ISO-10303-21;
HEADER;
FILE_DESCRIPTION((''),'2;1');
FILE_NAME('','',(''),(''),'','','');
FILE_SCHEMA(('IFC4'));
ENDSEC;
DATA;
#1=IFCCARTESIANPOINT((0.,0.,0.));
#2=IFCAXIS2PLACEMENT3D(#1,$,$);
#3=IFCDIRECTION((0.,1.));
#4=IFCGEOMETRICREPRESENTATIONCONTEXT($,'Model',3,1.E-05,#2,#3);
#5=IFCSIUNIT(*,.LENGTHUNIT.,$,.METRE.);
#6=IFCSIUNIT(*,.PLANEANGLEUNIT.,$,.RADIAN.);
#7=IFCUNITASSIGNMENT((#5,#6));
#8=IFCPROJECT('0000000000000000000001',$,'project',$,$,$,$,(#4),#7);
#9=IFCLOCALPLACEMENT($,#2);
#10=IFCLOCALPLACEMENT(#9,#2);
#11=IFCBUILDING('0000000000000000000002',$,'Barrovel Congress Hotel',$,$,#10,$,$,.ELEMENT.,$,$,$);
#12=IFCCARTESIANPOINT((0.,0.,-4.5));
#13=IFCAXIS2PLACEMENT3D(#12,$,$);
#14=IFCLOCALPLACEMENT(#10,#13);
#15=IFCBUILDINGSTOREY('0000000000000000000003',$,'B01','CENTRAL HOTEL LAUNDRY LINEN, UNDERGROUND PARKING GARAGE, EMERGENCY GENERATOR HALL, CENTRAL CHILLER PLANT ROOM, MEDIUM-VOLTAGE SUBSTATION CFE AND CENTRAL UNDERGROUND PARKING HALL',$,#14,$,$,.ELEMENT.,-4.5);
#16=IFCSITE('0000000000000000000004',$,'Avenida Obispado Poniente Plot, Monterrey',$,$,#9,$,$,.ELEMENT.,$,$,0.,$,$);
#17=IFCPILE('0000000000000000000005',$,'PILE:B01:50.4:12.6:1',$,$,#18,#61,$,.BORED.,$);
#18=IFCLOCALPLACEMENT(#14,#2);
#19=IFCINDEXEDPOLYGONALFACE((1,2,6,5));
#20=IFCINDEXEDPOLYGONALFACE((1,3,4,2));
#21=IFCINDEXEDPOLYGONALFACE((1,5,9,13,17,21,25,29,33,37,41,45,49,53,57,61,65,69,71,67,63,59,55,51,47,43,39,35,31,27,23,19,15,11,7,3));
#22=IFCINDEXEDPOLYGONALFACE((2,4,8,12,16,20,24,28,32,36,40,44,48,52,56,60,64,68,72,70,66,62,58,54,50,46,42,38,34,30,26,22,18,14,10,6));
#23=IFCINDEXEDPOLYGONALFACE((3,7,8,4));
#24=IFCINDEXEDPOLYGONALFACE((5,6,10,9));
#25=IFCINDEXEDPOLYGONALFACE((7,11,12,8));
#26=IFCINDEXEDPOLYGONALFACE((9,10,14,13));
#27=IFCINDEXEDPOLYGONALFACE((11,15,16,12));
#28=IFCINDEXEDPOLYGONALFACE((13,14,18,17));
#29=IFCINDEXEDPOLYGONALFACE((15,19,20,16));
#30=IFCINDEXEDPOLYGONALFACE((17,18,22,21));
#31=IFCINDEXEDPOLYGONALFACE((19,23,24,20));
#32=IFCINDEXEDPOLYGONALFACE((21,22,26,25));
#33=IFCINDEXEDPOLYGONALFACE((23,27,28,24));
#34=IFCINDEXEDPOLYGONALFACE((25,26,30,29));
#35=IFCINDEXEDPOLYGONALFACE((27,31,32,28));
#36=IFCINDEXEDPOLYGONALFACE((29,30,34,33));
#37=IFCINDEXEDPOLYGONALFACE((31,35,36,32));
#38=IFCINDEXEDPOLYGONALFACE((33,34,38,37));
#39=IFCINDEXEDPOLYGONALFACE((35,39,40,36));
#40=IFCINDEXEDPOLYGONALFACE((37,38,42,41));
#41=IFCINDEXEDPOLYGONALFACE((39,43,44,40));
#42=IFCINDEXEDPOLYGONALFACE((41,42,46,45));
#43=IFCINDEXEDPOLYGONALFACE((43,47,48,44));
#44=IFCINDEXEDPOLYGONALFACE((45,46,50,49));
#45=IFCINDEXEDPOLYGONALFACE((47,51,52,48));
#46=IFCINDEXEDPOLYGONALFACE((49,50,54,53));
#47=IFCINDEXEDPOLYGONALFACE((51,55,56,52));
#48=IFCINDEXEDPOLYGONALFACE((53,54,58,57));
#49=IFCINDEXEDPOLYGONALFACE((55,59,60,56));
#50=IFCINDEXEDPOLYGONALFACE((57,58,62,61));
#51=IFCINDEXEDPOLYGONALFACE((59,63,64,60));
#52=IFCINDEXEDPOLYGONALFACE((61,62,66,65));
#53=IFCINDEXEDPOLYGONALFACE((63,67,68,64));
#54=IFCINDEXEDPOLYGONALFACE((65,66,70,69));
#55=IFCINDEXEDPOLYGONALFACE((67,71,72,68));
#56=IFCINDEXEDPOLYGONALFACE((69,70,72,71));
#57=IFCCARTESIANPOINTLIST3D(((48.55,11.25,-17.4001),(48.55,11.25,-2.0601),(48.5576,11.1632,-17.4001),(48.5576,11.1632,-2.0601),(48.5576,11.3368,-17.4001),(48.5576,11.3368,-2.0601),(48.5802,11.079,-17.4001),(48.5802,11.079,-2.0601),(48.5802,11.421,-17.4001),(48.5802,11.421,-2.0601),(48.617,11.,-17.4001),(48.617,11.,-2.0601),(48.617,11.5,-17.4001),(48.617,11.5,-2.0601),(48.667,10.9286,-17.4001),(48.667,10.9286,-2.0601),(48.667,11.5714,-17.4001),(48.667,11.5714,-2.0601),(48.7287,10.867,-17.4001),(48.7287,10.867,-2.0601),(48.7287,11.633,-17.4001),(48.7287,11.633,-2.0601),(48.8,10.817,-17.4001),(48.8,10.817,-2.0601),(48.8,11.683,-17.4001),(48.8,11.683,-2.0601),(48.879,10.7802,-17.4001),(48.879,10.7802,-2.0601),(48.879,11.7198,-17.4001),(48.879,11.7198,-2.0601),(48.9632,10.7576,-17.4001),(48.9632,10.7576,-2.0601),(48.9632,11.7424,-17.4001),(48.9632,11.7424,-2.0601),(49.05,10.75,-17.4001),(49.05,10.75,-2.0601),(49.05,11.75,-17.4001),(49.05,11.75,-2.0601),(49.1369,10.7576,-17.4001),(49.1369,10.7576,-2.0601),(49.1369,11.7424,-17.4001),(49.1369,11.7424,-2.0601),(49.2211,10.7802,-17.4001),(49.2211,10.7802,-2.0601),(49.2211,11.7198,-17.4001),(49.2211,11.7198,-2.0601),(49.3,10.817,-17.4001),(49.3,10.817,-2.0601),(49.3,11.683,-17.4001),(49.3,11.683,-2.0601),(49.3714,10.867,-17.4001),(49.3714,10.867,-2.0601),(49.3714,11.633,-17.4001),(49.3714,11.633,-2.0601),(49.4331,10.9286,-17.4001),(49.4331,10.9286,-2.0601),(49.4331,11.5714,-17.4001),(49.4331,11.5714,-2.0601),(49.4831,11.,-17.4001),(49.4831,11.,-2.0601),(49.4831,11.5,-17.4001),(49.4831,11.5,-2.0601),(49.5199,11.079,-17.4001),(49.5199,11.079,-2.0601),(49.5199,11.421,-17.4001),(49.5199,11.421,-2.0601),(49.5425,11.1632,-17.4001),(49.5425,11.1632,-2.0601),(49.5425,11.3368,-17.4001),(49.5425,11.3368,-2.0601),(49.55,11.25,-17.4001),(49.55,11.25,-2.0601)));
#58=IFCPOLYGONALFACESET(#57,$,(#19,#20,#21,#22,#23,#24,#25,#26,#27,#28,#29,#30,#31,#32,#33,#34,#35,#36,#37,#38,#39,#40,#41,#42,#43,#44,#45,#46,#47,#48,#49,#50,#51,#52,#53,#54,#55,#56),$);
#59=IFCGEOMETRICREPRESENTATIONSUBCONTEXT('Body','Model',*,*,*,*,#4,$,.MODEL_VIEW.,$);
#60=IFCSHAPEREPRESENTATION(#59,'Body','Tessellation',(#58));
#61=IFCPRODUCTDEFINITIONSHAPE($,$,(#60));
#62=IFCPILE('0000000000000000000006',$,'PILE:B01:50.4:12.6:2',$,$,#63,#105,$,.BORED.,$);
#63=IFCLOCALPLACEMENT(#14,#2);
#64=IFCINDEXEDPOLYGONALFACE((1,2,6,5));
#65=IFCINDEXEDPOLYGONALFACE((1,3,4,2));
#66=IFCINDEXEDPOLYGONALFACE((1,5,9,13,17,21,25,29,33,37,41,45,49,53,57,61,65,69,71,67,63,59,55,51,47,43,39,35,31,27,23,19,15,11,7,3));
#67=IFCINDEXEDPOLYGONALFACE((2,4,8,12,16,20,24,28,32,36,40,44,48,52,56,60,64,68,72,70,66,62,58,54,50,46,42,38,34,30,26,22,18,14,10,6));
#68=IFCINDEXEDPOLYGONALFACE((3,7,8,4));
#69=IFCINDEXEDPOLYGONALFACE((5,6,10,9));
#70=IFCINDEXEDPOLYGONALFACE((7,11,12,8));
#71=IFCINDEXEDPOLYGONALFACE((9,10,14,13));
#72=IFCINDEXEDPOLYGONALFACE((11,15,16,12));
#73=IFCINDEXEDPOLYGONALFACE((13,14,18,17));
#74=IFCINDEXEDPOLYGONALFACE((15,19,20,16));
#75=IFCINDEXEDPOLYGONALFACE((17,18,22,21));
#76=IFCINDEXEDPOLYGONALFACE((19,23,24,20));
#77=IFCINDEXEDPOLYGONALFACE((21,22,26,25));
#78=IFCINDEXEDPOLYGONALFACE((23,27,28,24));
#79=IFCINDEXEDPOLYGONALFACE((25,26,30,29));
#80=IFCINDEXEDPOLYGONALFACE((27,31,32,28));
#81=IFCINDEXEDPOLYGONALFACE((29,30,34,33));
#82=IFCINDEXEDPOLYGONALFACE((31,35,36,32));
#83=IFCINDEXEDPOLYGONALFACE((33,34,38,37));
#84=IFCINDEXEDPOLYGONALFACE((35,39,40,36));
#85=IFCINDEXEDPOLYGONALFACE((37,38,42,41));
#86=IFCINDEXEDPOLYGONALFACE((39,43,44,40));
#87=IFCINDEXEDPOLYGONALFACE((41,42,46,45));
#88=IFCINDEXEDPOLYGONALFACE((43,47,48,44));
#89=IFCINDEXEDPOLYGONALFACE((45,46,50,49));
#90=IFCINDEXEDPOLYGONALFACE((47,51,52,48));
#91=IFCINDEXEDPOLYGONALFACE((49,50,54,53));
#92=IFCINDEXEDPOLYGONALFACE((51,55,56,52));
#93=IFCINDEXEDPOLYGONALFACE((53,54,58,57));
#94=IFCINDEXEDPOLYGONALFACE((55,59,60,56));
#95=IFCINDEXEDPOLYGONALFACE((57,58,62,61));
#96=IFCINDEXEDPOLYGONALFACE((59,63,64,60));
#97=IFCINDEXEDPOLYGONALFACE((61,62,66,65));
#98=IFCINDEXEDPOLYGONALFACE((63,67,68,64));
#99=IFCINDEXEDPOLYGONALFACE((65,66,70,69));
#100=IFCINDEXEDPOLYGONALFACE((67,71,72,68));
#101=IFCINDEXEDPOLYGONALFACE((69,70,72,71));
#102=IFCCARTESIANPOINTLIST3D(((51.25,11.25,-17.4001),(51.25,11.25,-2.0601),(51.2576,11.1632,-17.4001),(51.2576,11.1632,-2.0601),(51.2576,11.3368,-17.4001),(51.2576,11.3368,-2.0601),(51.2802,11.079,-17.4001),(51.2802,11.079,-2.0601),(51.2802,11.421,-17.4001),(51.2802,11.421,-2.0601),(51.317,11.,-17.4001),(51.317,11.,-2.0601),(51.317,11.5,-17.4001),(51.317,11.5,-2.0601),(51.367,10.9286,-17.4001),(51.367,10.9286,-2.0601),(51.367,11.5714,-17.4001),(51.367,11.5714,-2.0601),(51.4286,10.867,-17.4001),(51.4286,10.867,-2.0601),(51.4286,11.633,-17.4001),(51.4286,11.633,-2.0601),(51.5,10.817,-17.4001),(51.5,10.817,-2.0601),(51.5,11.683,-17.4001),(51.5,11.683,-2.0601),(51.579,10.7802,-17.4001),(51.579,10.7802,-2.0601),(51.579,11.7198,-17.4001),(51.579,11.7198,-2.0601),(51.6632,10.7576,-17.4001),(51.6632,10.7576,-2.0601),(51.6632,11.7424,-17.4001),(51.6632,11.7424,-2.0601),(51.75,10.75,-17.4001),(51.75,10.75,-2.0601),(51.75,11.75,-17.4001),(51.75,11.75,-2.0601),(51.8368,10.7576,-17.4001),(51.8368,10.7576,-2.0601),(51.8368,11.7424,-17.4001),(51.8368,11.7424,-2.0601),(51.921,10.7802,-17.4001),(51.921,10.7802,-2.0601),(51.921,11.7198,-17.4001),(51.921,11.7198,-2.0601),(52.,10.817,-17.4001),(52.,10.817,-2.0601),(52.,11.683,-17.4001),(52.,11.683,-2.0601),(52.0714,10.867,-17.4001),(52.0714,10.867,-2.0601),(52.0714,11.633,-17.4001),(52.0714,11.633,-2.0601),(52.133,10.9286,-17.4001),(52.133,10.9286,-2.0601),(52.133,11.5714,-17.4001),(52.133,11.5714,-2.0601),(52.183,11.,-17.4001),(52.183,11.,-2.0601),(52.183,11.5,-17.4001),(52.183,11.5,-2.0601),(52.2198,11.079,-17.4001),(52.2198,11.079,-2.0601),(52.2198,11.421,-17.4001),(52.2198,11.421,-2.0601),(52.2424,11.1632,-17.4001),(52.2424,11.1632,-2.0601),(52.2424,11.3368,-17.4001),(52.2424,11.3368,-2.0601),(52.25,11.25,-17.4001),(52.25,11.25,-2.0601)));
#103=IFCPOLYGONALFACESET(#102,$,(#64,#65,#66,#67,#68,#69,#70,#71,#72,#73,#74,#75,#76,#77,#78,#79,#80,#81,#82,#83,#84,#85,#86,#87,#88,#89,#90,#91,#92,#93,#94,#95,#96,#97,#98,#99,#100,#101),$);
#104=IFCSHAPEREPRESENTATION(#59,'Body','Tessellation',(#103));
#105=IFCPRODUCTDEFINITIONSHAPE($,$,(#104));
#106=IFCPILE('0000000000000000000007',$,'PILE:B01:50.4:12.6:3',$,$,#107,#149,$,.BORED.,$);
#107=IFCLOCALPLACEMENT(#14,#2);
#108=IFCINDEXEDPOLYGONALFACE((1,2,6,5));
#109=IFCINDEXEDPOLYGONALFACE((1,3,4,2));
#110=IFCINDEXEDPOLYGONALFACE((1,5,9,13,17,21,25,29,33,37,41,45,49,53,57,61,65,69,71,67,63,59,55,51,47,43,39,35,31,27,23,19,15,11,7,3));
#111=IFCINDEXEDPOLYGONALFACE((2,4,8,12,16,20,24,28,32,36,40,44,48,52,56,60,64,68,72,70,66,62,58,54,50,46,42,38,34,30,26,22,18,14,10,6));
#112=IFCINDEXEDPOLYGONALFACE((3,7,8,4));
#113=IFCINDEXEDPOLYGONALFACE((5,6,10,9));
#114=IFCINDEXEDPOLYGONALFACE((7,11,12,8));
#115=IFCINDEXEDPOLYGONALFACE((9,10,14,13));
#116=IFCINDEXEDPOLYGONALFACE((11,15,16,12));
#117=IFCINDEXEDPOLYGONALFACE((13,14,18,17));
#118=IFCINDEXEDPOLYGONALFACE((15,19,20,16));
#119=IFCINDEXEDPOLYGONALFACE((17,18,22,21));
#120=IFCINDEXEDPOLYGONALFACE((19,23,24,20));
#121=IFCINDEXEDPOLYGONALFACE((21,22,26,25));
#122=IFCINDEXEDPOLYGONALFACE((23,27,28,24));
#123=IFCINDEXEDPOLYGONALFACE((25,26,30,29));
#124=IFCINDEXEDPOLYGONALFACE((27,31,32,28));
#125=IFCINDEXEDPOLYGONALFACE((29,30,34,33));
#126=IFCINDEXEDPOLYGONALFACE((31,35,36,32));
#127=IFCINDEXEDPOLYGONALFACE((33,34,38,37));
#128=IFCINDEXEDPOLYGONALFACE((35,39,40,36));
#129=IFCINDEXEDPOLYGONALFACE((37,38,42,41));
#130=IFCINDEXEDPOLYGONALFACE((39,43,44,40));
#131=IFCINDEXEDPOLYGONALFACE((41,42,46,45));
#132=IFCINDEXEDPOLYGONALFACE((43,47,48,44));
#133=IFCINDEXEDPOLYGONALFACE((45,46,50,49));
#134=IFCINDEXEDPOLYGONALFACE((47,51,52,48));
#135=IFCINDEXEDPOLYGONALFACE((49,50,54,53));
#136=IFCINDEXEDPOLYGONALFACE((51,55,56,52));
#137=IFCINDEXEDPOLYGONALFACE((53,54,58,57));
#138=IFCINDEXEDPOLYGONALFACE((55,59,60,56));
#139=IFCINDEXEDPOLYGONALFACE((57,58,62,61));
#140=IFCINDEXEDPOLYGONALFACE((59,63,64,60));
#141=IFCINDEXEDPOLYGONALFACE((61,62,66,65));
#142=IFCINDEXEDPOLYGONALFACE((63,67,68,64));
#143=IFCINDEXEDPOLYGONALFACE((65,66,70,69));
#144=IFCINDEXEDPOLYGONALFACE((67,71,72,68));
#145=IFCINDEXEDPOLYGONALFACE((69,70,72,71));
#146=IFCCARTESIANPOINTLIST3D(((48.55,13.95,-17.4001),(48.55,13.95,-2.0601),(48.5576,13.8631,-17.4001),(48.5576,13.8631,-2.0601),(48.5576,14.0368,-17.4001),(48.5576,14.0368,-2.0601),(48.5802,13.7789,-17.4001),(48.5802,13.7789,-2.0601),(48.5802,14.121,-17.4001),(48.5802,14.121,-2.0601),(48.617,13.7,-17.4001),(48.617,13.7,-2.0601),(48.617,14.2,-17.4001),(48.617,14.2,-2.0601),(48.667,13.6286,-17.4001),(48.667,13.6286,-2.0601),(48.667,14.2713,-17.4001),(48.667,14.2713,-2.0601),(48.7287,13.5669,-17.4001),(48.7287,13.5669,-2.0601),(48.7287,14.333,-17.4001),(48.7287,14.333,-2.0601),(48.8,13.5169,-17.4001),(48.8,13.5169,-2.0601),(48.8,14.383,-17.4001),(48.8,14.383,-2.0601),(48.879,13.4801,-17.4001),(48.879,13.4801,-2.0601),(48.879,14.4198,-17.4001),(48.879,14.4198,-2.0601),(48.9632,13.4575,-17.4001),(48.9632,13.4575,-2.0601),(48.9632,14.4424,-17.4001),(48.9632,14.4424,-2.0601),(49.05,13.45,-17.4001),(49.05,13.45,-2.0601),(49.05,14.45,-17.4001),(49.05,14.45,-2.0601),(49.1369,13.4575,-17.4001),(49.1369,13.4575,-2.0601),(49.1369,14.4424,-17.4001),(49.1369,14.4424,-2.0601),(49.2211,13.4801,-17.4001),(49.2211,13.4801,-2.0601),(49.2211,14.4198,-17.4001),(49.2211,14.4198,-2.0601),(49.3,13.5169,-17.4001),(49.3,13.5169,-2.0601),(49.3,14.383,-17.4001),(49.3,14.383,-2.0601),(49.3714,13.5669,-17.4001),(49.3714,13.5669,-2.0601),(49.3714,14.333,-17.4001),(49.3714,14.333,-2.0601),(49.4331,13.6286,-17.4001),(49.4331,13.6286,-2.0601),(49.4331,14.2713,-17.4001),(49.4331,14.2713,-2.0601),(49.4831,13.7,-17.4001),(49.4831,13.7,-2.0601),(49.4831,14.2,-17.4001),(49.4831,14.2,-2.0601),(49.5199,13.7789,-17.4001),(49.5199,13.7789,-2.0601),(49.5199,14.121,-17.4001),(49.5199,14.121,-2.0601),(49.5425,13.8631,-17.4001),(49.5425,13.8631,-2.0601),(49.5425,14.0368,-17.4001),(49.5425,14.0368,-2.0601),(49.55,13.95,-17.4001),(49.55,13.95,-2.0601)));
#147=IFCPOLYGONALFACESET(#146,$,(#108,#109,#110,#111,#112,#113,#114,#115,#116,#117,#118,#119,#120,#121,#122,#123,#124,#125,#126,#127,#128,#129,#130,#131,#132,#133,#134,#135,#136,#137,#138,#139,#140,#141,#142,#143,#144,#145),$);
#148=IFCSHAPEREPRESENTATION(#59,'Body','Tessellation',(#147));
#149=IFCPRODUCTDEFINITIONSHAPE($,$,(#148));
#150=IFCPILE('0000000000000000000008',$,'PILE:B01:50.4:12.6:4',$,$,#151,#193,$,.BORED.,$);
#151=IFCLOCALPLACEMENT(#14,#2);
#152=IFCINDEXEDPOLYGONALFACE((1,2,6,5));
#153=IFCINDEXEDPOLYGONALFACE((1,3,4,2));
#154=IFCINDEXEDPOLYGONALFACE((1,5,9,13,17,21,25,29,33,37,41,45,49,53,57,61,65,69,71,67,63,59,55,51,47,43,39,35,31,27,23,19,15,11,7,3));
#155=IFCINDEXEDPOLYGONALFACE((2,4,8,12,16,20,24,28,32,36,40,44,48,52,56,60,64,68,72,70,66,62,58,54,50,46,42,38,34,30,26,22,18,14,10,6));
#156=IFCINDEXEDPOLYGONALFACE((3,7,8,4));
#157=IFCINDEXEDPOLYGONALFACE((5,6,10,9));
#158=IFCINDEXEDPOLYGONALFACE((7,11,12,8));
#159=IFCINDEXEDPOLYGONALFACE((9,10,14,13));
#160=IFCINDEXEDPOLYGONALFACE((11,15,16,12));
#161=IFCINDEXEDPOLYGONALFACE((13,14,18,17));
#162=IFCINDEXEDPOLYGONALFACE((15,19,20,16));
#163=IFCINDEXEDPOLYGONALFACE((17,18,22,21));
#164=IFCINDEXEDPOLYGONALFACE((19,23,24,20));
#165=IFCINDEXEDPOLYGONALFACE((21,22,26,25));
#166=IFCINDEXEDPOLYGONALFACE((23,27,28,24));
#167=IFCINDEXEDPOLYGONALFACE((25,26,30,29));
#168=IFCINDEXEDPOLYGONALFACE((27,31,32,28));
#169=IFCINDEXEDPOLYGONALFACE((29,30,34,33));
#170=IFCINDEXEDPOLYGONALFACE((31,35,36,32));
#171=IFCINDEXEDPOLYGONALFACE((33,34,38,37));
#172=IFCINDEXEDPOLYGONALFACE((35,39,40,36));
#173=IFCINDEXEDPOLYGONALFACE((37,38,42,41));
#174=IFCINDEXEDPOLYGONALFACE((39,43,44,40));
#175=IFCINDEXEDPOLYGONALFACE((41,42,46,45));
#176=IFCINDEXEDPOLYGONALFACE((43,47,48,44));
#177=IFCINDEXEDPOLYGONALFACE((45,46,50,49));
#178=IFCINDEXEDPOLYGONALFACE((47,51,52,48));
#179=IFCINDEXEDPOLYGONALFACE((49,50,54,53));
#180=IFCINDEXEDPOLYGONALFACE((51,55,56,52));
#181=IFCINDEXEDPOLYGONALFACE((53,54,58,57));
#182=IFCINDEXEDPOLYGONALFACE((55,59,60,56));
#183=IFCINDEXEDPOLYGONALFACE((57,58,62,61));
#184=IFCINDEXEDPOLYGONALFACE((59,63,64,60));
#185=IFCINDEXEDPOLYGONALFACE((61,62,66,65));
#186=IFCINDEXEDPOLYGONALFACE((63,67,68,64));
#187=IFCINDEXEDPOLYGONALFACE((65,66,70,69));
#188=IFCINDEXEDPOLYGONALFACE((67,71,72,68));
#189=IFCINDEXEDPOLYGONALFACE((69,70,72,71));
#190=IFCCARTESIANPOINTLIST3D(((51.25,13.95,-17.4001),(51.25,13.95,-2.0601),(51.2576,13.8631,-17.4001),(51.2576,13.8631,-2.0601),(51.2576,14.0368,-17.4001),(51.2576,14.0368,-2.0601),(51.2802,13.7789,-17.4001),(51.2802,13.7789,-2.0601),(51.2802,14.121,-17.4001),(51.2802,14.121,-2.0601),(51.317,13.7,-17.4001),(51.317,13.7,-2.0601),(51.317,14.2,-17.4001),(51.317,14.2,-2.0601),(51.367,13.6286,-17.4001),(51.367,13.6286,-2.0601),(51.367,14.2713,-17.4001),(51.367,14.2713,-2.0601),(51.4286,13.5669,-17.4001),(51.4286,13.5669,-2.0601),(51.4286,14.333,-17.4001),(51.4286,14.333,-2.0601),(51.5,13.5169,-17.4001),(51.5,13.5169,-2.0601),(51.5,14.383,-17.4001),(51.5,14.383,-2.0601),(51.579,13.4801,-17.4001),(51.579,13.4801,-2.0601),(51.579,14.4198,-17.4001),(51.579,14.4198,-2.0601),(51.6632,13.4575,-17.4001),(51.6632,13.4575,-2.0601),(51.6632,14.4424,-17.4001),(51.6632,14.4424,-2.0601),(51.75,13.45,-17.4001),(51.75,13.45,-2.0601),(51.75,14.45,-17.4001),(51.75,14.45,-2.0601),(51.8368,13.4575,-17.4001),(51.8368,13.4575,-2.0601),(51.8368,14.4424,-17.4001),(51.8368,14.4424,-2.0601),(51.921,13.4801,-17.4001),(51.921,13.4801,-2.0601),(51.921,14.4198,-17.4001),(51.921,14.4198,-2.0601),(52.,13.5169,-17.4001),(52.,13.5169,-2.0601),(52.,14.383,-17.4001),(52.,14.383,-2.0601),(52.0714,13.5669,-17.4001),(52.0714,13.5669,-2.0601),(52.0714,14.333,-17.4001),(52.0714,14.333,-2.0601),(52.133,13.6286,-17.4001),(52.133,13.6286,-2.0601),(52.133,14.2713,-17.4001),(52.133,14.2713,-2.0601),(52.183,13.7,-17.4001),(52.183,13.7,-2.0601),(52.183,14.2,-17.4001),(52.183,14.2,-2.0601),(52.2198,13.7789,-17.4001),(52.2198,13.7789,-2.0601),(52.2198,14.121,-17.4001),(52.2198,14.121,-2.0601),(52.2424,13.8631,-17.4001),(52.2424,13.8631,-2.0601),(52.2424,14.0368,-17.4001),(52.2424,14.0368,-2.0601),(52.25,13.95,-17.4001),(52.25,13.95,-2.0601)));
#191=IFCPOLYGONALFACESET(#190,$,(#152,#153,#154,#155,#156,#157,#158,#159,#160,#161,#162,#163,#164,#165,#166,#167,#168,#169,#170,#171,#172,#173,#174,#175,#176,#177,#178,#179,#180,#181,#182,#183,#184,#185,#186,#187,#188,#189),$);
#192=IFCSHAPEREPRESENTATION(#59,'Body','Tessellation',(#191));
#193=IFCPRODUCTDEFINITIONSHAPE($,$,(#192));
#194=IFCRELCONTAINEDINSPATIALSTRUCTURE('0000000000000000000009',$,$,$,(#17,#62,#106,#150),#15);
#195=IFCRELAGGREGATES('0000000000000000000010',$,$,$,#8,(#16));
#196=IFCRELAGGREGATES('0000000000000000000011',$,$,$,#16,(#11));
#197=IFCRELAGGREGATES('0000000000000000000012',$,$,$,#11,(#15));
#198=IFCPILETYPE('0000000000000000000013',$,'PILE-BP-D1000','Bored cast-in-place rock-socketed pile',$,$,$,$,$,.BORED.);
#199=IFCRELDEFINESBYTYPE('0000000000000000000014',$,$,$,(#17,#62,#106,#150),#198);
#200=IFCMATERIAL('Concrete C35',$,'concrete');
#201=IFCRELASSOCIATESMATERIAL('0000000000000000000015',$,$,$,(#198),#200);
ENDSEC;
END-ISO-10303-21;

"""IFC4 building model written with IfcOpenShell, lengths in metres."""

from ifc_helpers import new_model, si_unit, direction, frame, origin, origin_2d, place, context, subcontext, project, spatial, circle, extrude, material, material_profile, profile_set, type_object, element, save


model = new_model("IFC4")

# Units and contexts
model_context = context("Model", 3, precision=1e-05, world=origin(), true_north=direction((0.0, 1.0)))
body_context = subcontext(model_context, "Body", "Model", "MODEL_VIEW")
ifc_project = project(units=[si_unit("LENGTHUNIT", "METRE"), si_unit("PLANEANGLEUNIT", "RADIAN")], contexts=[model_context])

# Site, building, storey
site_placement = place(None, origin())
site = spatial("IfcSite", under=ifc_project, at=site_placement, Name="Avenida Obispado Poniente Plot, Monterrey", CompositionType="ELEMENT", RefElevation=0.0)
building_placement = place(site_placement, origin())
building = spatial("IfcBuilding", under=site, at=building_placement, Name="Barrovel Congress Hotel", CompositionType="ELEMENT")
storey_placement = place(building_placement, frame((0.0, 0.0, -4.5)))
storey = spatial("IfcBuildingStorey", under=building, at=storey_placement, Name="B01", Description="CENTRAL HOTEL LAUNDRY LINEN, UNDERGROUND PARKING GARAGE, EMERGENCY GENERATOR HALL, CENTRAL CHILLER PLANT ROOM, MEDIUM-VOLTAGE SUBSTATION CFE AND CENTRAL UNDERGROUND PARKING HALL", CompositionType="ELEMENT", Elevation=-4.5)

# Piles
ifc_material_1 = material(Name="Concrete C35", Category="concrete")
ifc_material_profile_1 = material_profile(ifc_material_1, circle(Radius=0.5, at=origin_2d()), Name="BP-D1000")
ifc_profile_set_1 = profile_set([ifc_material_profile_1], Name="Concrete C35")
pile_type_1 = type_object("IfcPileType", Name="PILE-BP-D1000", Description="Bored cast-in-place rock-socketed pile", PredefinedType="BORED", material=ifc_profile_set_1)
for number, where, z_axis, x_axis, name in (
    (1, (49.05, 11.25, -2.0601), (0.0, 0.0, -1.0), (1.0, 0.0, 0.0), "PILE:B01:50.4:12.6:1"),
    (2, (51.75, 11.25, -2.0601), (0.0, 0.0, -1.0), (1.0, 0.0, 0.0), "PILE:B01:50.4:12.6:2"),
    (3, (49.05, 13.95, -2.0601), (0.0, 0.0, -1.0), (1.0, 0.0, 0.0), "PILE:B01:50.4:12.6:3"),
    (4, (51.75, 13.95, -2.0601), (0.0, 0.0, -1.0), (1.0, 0.0, 0.0), "PILE:B01:50.4:12.6:4"),
):
    element("IfcPile", number, at=place(storey_placement, frame(where, z_axis=z_axis, x_axis=x_axis)), inside=storey, type_object=pile_type_1, Name=name, PredefinedType="BORED", context=body_context, shape_type="SweptSolid", body=[
        extrude(circle(Radius=0.5, at=origin_2d()), origin(), (0.0, 0.0, 1.0), 15.3401),
    ])

save(model, "model.ifc")
